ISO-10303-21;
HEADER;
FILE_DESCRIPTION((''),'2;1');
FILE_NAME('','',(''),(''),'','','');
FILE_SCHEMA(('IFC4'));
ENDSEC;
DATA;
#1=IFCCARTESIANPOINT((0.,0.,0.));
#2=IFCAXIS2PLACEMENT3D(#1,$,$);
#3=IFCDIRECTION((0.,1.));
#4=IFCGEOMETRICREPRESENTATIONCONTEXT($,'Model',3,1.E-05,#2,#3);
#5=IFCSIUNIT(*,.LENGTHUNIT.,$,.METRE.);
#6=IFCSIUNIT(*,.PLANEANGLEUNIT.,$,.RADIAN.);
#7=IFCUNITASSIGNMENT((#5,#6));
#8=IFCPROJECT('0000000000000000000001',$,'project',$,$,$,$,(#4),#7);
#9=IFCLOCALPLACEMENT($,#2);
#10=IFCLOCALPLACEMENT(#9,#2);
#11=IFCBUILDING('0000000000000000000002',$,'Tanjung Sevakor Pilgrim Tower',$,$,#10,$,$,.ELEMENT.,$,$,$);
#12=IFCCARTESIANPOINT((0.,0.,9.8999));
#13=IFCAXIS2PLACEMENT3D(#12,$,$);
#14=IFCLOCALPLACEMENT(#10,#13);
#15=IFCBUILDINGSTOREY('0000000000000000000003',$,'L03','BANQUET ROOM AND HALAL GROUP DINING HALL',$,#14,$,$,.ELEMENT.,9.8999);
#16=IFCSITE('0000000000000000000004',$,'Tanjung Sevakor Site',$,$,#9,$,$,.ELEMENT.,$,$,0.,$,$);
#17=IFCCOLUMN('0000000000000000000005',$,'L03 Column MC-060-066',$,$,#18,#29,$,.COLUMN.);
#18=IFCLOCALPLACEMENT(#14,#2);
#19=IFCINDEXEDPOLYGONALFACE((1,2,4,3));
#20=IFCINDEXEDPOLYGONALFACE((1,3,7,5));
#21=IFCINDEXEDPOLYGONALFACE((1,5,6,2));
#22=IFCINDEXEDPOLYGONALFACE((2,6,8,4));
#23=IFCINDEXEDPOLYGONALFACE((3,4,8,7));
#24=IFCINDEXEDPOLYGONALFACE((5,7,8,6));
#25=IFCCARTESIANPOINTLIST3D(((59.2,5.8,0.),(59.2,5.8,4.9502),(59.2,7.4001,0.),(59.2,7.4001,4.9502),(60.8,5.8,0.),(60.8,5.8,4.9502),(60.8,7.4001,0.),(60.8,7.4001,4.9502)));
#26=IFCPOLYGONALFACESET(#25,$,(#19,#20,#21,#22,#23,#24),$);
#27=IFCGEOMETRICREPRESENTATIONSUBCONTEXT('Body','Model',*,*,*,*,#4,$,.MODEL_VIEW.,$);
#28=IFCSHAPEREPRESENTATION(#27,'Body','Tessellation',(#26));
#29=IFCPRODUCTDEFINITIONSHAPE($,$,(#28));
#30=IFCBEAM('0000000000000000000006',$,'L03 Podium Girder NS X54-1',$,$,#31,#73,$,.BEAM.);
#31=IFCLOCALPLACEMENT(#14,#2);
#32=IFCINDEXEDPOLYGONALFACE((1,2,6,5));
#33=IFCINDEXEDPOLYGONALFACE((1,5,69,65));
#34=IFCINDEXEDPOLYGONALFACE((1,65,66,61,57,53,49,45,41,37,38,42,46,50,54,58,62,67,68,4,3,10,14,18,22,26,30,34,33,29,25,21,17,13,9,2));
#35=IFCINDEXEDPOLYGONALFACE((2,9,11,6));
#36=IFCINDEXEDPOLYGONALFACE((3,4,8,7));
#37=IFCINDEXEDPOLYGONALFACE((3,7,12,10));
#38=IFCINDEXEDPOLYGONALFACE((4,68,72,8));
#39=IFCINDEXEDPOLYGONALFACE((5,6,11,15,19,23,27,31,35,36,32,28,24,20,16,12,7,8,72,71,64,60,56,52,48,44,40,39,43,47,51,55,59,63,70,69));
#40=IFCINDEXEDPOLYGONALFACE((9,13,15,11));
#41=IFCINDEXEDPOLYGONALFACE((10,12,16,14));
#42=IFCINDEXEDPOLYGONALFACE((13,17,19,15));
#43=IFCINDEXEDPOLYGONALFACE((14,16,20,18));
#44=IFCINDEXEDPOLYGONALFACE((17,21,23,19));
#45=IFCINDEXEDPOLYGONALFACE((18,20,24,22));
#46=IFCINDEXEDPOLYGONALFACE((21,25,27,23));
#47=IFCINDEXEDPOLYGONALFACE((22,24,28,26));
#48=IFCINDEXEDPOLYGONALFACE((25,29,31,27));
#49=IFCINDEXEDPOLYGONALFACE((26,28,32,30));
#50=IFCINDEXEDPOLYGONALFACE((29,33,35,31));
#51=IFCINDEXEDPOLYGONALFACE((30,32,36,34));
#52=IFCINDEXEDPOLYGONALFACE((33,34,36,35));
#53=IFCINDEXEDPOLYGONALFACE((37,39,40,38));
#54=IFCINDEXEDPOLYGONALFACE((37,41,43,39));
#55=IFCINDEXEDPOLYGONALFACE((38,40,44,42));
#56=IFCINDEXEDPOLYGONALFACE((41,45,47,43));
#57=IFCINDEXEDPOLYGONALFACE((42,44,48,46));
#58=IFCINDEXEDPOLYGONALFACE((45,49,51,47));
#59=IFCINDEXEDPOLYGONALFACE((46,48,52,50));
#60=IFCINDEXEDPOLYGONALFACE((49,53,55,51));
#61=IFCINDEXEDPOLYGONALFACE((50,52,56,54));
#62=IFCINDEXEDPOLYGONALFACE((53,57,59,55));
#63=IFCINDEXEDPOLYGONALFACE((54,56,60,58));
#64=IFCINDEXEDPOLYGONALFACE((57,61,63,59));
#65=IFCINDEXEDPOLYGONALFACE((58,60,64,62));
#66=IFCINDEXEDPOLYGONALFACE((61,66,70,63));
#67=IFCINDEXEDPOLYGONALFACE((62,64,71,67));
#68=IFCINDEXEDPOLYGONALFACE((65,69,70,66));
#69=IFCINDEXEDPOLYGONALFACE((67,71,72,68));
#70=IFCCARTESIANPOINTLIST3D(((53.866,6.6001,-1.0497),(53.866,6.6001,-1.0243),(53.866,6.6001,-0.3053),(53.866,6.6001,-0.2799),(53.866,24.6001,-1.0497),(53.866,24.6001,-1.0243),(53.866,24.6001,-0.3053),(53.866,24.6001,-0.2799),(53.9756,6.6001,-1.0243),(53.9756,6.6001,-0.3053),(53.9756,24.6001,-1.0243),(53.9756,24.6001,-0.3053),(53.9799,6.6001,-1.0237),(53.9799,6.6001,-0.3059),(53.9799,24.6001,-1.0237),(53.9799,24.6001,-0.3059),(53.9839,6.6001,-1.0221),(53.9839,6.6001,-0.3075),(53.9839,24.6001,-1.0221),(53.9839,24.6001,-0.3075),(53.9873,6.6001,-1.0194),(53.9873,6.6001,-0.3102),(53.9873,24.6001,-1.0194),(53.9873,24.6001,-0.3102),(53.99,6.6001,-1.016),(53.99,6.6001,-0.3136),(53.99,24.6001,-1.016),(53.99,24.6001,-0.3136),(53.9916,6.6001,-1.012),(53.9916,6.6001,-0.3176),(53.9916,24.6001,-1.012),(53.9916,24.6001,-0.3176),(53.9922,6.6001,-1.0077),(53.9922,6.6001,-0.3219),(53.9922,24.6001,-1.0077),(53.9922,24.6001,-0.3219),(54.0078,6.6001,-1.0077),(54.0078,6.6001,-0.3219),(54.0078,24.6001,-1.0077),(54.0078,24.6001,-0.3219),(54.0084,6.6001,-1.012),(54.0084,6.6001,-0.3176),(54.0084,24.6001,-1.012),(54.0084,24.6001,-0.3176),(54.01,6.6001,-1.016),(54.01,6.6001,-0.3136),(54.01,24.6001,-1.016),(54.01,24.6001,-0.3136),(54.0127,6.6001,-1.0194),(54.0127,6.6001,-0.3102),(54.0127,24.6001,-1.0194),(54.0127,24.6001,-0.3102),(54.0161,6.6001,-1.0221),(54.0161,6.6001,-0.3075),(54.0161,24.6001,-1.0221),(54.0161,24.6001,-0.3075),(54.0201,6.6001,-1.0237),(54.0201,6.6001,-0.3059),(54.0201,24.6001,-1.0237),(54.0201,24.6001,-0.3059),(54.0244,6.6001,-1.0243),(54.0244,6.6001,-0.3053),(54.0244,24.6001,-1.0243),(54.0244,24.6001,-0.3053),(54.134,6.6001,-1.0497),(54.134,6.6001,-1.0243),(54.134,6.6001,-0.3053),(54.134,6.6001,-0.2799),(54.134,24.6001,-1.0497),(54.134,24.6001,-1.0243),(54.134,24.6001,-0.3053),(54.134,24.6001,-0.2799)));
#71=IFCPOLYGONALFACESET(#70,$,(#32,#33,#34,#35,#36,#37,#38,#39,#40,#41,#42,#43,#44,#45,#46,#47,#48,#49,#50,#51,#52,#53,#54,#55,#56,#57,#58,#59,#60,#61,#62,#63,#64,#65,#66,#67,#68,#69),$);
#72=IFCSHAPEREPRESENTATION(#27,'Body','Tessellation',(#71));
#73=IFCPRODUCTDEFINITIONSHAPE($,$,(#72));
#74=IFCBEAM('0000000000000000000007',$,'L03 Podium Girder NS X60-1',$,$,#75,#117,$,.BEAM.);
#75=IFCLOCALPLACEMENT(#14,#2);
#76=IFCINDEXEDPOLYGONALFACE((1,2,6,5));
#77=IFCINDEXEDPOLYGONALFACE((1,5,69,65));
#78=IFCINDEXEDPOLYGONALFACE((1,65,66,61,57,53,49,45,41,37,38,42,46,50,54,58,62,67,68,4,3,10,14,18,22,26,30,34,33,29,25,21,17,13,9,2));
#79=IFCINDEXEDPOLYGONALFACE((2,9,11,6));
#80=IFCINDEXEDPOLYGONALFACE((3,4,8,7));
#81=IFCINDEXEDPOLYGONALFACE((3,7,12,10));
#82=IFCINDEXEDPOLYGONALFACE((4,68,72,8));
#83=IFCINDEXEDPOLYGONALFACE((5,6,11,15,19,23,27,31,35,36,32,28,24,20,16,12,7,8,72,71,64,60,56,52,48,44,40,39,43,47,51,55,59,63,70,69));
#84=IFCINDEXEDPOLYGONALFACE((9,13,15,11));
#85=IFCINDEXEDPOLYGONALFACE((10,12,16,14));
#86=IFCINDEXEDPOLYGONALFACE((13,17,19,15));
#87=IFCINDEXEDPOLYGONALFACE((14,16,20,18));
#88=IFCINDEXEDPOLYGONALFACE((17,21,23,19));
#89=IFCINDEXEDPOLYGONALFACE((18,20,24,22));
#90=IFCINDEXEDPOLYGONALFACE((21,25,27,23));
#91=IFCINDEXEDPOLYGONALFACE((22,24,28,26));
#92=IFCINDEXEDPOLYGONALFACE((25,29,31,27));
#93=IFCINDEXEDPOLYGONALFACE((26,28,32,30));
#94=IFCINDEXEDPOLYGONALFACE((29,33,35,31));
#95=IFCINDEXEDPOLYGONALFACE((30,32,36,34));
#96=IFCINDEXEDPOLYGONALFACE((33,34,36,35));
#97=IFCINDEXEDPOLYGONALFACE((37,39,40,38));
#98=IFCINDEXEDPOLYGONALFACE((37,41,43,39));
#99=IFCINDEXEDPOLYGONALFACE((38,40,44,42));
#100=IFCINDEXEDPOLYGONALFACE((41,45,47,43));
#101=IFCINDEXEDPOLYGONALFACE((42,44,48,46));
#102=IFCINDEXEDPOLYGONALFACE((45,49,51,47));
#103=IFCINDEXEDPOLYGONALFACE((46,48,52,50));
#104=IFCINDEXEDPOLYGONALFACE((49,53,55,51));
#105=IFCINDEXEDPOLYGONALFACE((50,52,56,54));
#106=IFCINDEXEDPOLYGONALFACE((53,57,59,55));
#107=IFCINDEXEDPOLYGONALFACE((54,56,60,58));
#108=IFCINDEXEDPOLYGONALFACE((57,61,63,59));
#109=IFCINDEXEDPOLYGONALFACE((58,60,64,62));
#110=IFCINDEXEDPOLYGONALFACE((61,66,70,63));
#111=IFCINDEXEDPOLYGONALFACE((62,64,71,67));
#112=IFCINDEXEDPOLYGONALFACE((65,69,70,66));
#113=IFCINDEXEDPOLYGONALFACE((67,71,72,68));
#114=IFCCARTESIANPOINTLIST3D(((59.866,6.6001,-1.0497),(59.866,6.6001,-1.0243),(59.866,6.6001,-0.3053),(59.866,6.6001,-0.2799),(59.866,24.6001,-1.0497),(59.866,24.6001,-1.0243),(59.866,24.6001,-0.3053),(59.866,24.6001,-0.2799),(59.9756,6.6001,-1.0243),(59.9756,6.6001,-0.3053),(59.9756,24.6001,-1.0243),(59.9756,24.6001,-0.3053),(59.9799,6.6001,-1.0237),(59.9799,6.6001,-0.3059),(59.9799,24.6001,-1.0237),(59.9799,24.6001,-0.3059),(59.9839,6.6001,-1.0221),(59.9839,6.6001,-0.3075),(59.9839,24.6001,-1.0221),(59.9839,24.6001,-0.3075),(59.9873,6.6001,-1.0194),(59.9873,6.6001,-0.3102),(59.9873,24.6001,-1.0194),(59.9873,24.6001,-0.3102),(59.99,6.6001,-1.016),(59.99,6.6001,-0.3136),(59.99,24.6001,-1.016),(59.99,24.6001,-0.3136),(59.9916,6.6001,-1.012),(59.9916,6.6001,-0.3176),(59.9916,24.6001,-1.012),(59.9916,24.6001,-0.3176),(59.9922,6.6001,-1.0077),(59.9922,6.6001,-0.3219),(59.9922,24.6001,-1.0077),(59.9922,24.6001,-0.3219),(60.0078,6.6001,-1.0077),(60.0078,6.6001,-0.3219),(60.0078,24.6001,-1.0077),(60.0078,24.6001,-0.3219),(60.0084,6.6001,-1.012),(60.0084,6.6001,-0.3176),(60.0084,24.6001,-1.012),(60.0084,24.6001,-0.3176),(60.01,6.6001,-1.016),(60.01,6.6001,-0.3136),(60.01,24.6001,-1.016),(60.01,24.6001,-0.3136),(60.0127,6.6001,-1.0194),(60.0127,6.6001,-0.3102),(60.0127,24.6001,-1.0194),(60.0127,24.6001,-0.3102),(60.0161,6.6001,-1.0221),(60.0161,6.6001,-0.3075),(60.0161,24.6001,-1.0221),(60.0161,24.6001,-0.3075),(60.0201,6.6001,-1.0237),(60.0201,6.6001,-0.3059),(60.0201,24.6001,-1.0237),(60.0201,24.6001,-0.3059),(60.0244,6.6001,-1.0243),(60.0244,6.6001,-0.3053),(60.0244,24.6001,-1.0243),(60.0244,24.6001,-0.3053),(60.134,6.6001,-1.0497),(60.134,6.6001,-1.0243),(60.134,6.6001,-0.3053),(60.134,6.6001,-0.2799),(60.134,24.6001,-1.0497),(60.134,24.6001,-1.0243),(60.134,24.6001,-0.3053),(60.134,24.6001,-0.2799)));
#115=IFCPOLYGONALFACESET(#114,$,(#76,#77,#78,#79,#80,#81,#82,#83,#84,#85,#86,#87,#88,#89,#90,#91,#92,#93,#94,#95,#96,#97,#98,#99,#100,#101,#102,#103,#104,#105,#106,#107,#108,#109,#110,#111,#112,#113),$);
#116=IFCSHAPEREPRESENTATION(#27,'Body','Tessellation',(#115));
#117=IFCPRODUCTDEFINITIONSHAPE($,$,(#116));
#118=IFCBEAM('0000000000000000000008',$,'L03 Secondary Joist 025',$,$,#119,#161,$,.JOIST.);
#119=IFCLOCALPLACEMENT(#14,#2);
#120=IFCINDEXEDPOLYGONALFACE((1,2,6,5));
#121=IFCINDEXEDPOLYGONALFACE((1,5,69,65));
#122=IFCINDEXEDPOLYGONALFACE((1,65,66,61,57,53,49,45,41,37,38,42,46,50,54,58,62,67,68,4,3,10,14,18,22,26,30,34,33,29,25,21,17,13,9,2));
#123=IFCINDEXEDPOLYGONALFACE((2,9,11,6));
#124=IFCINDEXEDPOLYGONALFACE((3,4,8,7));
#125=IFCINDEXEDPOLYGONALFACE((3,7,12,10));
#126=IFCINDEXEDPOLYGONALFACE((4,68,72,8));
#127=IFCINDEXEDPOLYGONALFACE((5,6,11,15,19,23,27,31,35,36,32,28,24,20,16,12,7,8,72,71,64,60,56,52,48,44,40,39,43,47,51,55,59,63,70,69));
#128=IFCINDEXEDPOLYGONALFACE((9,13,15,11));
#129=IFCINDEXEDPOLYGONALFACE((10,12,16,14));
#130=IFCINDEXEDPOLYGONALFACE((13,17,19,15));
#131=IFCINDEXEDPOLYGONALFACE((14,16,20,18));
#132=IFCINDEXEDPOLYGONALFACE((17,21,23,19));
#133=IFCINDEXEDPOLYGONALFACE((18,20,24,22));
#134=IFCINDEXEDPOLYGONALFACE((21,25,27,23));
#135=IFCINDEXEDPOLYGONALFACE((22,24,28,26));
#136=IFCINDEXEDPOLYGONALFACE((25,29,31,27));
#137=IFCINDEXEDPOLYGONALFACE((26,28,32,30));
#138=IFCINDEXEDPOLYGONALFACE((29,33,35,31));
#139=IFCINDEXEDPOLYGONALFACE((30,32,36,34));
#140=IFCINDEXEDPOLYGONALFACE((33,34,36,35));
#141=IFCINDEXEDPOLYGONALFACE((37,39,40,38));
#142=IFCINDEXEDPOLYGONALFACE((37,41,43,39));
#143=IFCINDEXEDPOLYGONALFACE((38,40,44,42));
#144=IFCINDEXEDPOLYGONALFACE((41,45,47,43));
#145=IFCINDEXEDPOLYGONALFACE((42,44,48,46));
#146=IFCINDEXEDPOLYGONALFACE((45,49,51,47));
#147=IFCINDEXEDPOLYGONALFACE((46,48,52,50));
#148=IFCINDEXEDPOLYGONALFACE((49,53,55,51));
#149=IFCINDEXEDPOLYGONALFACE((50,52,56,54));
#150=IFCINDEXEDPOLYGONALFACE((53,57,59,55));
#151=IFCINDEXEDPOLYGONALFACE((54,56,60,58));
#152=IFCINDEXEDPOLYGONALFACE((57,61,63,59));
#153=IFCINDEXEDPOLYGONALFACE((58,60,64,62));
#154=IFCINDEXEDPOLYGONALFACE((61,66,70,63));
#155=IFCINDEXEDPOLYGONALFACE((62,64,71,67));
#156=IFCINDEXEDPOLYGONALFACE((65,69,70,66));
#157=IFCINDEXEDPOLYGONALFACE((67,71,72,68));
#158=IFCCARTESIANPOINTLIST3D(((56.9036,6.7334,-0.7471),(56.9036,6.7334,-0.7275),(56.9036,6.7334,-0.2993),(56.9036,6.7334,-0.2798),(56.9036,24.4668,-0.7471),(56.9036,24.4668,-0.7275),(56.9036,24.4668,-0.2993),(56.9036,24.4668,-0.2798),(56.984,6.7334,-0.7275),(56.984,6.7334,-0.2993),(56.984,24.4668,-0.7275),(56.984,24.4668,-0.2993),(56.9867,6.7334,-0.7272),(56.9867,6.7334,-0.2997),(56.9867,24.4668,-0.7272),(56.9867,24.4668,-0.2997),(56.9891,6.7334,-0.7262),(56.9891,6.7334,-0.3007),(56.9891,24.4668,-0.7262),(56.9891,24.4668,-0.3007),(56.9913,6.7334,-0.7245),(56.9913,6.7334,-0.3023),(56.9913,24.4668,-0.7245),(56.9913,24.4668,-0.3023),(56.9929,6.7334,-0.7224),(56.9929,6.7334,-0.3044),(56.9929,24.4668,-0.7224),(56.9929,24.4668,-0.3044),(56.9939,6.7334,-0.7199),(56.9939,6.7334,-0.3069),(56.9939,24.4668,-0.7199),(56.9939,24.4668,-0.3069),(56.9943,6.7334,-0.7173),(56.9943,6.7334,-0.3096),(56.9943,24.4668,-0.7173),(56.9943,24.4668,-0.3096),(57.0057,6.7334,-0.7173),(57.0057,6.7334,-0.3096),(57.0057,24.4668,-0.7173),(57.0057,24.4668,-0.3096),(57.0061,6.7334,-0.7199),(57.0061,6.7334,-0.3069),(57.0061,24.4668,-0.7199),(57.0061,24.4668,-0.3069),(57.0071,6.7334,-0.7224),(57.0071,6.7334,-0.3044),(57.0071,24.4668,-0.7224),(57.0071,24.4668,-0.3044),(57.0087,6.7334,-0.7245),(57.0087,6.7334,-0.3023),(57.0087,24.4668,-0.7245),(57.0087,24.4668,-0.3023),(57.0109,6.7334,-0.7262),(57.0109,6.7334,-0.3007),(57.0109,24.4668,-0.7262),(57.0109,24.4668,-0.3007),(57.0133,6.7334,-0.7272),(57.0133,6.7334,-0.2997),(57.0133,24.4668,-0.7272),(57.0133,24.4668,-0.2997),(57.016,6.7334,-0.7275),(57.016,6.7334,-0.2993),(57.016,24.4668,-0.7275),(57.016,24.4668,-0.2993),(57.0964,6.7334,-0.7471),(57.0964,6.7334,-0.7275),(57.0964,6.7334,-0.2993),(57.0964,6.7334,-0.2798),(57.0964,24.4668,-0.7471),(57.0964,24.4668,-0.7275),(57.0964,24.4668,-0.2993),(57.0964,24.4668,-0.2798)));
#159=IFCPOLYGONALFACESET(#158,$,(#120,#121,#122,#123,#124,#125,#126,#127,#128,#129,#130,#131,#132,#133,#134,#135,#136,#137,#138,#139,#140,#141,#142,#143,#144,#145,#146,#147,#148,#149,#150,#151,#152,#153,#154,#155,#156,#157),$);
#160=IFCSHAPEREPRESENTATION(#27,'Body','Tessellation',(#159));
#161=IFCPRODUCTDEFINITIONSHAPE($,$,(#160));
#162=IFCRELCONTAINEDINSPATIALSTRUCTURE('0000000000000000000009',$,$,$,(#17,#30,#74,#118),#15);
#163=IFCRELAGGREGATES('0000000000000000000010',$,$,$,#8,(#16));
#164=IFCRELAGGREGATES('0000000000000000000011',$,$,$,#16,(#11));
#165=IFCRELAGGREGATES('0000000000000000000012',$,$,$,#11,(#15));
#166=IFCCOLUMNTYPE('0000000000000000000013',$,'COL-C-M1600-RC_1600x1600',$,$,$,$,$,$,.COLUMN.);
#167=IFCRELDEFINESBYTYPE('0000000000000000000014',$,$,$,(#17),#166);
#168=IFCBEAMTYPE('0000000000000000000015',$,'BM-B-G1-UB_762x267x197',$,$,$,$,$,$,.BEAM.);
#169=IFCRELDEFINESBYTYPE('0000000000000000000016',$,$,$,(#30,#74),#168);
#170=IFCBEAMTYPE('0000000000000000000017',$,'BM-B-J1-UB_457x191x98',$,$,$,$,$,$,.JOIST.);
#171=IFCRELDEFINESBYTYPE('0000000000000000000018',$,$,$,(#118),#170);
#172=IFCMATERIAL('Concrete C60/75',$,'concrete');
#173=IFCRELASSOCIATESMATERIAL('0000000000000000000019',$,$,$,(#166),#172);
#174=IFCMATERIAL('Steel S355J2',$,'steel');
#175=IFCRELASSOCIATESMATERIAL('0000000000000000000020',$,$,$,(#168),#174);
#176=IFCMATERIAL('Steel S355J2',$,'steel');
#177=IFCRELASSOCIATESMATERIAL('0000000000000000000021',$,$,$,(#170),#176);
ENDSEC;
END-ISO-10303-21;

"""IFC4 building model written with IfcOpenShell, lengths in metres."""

from ifc_helpers import new_model, si_unit, direction, frame, origin, origin_2d, place, context, subcontext, project, spatial, rectangle, i_section, extrude, material, material_profile, profile_set, type_object, element, save


model = new_model("IFC4")

# Units and contexts
model_context = context("Model", 3, precision=1e-05, world=origin(), true_north=direction((0.0, 1.0)))
body_context = subcontext(model_context, "Body", "Model", "MODEL_VIEW")
ifc_project = project(units=[si_unit("LENGTHUNIT", "METRE"), si_unit("PLANEANGLEUNIT", "RADIAN")], contexts=[model_context])

# Site, building, storey
site_placement = place(None, origin())
site = spatial("IfcSite", under=ifc_project, at=site_placement, Name="Tanjung Sevakor Site", CompositionType="ELEMENT", RefElevation=0.0)
building_placement = place(site_placement, origin())
building = spatial("IfcBuilding", under=site, at=building_placement, Name="Tanjung Sevakor Pilgrim Tower", CompositionType="ELEMENT")
storey_placement = place(building_placement, frame((0.0, 0.0, 9.8999)))
storey = spatial("IfcBuildingStorey", under=building, at=storey_placement, Name="L03", Description="BANQUET ROOM AND HALAL GROUP DINING HALL", CompositionType="ELEMENT", Elevation=9.8999)

# Column
ifc_material_1 = material(Name="Concrete C60/75", Category="concrete")
ifc_material_profile_1 = material_profile(ifc_material_1, rectangle(XDim=1.6001, YDim=1.6001, at=origin_2d()))
ifc_profile_set_1 = profile_set([ifc_material_profile_1], Name="Concrete C60/75")
column_type = type_object("IfcColumnType", Name="COL-C-M1600-RC_1600x1600", PredefinedType="COLUMN", material=ifc_profile_set_1)
column_placement = place(storey_placement, frame((60.0, 6.6001, 0.0), z_axis=(0.0, 0.0, 1.0), x_axis=(1.0, 0.0, 0.0)))
element("IfcColumn", 1, at=column_placement, inside=storey, type_object=column_type, Name="L03 Column MC-060-066", PredefinedType="COLUMN", context=body_context, shape_type="SweptSolid", body=[
    extrude(rectangle(XDim=1.6001, YDim=1.6001, at=origin_2d()), origin(), (0.0, 0.0, 1.0), 4.9502),
])

# Beams
ifc_material_2 = material(Name="Steel S355J2", Category="steel")
ifc_material_profile_2 = material_profile(ifc_material_2, i_section(OverallWidth=0.2681, OverallDepth=0.7698, WebThickness=0.0156, FlangeThickness=0.0254, FilletRadius=0.0166, at=origin_2d()))
ifc_profile_set_2 = profile_set([ifc_material_profile_2], Name="Steel S355J2")
beam_type_1 = type_object("IfcBeamType", Name="BM-B-G1-UB_762x267x197", PredefinedType="BEAM", material=ifc_profile_set_2)
for number, where, z_axis, x_axis, name in (
    (2, (54.0, 6.6001, -0.6648), (0.0, 1.0, 0.0), (-1.0, 0.0, 0.0), "L03 Podium Girder NS X54-1"),
    (3, (60.0, 6.6001, -0.6648), (0.0, 1.0, 0.0), (-1.0, 0.0, 0.0), "L03 Podium Girder NS X60-1"),
):
    element("IfcBeam", number, at=place(storey_placement, frame(where, z_axis=z_axis, x_axis=x_axis)), inside=storey, type_object=beam_type_1, Name=name, PredefinedType="BEAM", context=body_context, shape_type="SweptSolid", body=[
        extrude(i_section(OverallWidth=0.2681, OverallDepth=0.7698, WebThickness=0.0156, FlangeThickness=0.0254, FilletRadius=0.0166, at=origin_2d()), origin(), (0.0, 0.0, 1.0), 18.0),
    ])
ifc_material_3 = material(Name="Steel S355J2", Category="steel")
ifc_material_profile_3 = material_profile(ifc_material_3, i_section(OverallWidth=0.1929, OverallDepth=0.4673, WebThickness=0.0115, FlangeThickness=0.0195, FilletRadius=0.0103, at=origin_2d()))
ifc_profile_set_3 = profile_set([ifc_material_profile_3], Name="Steel S355J2")
beam_type_2 = type_object("IfcBeamType", Name="BM-B-J1-UB_457x191x98", PredefinedType="JOIST", material=ifc_profile_set_3)
beam_1_placement = place(storey_placement, frame((57.0, 6.7334, -0.5134), z_axis=(0.0, 1.0, 0.0), x_axis=(-1.0, 0.0, 0.0)))
element("IfcBeam", 4, at=beam_1_placement, inside=storey, type_object=beam_type_2, Name="L03 Secondary Joist 025", PredefinedType="JOIST", context=body_context, shape_type="SweptSolid", body=[
    extrude(i_section(OverallWidth=0.1929, OverallDepth=0.4673, WebThickness=0.0115, FlangeThickness=0.0195, FilletRadius=0.0103, at=origin_2d()), origin(), (0.0, 0.0, 1.0), 17.7334),
])

save(model, "model.ifc")
